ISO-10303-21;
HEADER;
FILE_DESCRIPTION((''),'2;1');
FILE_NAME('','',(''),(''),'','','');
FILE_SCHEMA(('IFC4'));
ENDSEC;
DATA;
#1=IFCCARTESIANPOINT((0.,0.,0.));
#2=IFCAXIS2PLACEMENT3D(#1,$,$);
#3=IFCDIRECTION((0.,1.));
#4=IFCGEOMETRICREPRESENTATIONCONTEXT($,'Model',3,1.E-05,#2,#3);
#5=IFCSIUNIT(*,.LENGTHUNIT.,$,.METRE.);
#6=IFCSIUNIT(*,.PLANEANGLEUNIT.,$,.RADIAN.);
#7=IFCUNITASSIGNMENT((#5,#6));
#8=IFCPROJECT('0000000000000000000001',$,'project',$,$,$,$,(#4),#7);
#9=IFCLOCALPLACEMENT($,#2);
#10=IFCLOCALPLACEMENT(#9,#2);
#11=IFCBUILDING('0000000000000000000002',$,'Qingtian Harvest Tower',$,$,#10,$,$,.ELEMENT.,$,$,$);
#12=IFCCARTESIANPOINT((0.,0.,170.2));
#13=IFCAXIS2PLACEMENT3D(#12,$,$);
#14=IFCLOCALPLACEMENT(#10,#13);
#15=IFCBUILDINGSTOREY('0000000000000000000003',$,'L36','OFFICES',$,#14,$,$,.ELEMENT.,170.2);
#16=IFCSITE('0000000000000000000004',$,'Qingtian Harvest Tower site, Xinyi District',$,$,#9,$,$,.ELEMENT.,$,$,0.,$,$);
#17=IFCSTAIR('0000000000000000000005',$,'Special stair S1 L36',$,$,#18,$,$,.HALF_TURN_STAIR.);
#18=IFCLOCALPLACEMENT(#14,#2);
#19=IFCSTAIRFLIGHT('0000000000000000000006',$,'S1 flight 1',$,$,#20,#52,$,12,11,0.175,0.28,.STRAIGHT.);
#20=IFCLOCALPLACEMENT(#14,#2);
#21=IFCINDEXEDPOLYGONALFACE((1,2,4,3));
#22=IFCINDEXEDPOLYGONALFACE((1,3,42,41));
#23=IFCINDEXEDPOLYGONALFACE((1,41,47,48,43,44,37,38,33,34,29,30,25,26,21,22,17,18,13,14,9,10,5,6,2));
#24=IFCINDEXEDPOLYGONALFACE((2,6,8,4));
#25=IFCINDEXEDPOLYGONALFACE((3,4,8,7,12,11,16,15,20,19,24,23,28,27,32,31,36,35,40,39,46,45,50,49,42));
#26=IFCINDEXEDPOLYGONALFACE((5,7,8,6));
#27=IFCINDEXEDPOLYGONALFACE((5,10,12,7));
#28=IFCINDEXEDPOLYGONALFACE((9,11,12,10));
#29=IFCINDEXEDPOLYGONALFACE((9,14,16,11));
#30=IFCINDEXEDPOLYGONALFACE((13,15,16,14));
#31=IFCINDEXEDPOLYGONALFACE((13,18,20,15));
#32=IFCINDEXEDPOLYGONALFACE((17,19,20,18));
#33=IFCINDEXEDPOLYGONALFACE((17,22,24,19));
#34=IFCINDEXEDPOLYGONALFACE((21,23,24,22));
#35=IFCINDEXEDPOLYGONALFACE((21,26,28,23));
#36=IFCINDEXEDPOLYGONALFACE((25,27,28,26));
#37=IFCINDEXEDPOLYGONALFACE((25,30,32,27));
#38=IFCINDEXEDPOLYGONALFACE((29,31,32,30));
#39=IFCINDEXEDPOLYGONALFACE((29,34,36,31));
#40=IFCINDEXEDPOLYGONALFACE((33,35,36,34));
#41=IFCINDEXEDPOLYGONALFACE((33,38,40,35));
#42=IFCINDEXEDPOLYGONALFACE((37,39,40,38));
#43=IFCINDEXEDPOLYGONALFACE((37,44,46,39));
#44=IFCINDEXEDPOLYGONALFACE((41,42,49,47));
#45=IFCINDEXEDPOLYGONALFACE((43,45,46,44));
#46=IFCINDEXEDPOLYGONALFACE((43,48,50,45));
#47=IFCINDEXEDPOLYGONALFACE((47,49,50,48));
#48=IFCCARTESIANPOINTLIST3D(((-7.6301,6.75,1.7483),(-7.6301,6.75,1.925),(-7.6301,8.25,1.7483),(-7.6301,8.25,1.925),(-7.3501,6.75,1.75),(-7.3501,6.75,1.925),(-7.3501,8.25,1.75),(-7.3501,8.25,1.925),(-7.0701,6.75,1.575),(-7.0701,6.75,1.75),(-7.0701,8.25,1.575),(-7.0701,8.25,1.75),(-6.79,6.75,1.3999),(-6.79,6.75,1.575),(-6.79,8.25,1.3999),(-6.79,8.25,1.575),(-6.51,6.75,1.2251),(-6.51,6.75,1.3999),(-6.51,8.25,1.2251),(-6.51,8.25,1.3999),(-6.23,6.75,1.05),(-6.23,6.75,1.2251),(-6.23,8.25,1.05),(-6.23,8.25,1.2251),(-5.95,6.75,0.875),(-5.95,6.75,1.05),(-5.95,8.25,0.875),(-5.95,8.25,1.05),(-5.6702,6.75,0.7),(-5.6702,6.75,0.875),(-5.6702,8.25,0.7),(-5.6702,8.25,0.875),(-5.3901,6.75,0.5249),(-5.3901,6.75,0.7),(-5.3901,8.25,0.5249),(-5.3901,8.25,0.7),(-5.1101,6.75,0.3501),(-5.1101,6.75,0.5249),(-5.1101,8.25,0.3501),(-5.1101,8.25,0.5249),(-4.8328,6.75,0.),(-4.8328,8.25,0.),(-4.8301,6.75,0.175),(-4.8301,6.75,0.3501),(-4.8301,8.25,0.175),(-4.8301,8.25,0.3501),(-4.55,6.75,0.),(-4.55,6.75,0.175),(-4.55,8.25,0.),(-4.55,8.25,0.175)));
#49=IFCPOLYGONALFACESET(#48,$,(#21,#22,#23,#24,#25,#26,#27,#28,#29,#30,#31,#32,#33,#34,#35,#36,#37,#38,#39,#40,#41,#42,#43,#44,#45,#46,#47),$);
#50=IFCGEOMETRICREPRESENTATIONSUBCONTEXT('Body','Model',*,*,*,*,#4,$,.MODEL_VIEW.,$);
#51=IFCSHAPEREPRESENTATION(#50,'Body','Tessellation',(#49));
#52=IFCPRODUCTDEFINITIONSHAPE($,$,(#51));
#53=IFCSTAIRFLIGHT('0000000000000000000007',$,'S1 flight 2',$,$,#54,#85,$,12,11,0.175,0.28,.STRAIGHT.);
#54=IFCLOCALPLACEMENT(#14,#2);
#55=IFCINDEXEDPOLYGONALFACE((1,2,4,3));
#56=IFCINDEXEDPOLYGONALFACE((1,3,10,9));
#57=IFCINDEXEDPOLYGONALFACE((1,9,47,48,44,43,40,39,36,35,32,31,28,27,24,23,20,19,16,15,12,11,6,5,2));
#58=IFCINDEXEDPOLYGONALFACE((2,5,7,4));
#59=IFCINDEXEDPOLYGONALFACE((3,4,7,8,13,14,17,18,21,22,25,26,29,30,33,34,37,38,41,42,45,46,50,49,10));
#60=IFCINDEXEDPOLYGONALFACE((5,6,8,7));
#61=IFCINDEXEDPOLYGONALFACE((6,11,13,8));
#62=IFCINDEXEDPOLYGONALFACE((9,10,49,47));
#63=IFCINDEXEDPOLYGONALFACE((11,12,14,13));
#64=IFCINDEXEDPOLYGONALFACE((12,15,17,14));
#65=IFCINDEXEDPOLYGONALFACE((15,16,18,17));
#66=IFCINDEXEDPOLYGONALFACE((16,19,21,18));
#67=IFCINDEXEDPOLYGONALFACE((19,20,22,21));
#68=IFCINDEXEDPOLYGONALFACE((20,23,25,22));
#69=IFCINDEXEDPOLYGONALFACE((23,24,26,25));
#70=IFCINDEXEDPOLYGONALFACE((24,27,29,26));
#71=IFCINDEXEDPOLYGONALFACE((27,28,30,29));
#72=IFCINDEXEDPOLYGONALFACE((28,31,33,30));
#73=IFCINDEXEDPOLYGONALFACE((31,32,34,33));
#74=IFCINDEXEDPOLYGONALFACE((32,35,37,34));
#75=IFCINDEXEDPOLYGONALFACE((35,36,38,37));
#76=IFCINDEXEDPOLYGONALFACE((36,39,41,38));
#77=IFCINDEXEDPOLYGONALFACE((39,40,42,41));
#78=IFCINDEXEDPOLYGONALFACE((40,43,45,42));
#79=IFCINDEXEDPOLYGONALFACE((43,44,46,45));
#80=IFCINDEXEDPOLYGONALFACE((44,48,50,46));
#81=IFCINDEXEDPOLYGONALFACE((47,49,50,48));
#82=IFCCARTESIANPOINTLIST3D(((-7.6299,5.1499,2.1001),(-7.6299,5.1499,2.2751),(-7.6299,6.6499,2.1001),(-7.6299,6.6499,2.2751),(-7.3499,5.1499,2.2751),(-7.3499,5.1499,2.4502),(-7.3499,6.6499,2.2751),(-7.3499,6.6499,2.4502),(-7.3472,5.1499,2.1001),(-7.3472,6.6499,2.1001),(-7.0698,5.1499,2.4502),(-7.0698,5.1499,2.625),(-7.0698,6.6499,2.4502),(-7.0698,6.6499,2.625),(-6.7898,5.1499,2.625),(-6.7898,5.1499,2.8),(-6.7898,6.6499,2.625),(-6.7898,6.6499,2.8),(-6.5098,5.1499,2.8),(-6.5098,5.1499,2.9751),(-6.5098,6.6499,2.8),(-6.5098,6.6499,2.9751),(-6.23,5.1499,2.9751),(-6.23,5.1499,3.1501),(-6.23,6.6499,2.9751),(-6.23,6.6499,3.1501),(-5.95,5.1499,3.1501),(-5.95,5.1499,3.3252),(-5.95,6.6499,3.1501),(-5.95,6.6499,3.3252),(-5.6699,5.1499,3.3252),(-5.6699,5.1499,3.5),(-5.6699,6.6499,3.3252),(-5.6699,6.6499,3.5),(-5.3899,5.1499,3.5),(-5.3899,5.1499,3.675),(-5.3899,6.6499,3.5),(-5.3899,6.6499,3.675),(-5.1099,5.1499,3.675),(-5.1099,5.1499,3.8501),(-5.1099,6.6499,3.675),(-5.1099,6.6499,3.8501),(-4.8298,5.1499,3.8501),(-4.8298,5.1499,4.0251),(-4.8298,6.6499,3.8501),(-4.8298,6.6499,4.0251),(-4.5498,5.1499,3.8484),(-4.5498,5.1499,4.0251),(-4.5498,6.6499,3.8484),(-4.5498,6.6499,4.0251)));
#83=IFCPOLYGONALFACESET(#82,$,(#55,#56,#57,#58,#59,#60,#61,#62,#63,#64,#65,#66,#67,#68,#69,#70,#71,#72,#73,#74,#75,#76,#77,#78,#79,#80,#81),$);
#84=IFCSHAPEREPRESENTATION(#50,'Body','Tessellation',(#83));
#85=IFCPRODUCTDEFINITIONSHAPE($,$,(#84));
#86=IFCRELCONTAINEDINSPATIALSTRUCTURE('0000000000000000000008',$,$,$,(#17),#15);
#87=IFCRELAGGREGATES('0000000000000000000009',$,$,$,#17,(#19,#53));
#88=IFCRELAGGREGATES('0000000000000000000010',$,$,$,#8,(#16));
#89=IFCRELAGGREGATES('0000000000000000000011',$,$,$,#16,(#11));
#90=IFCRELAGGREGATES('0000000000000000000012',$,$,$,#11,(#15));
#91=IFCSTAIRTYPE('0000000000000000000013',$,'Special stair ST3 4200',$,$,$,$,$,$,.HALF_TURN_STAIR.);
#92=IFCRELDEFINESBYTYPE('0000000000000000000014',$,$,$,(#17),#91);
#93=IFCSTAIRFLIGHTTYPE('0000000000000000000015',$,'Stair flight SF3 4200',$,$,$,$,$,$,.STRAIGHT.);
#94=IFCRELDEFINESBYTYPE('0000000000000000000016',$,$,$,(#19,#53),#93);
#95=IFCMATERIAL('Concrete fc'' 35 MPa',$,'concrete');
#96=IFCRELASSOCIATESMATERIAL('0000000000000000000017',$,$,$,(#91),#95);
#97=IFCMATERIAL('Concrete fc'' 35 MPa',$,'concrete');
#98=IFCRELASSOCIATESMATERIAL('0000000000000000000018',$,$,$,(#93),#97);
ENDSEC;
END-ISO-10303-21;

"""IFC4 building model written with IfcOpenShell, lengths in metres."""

from ifc_helpers import new_model, si_unit, direction, frame, origin, place, context, subcontext, project, spatial, polyline, outline, extrude, material, type_object, element, aggregate, save


model = new_model("IFC4")

# Units and contexts
model_context = context("Model", 3, precision=1e-05, world=origin(), true_north=direction((0.0, 1.0)))
body_context = subcontext(model_context, "Body", "Model", "MODEL_VIEW")
ifc_project = project(units=[si_unit("LENGTHUNIT", "METRE"), si_unit("PLANEANGLEUNIT", "RADIAN")], contexts=[model_context])

# Site, building, storey
site_placement = place(None, origin())
site = spatial("IfcSite", under=ifc_project, at=site_placement, Name="Qingtian Harvest Tower site, Xinyi District", CompositionType="ELEMENT", RefElevation=0.0)
building_placement = place(site_placement, origin())
building = spatial("IfcBuilding", under=site, at=building_placement, Name="Qingtian Harvest Tower", CompositionType="ELEMENT")
storey_placement = place(building_placement, frame((0.0, 0.0, 170.2)))
storey = spatial("IfcBuildingStorey", under=building, at=storey_placement, Name="L36", Description="OFFICES", CompositionType="ELEMENT", Elevation=170.2)

# Stair, stair flights
ifc_material_1 = material(Name="Concrete fc' 35 MPa", Category="concrete")
stair_type = type_object("IfcStairType", Name="Special stair ST3 4200", PredefinedType="HALF_TURN_STAIR", material=ifc_material_1)
stair_placement = place(storey_placement, origin())
stair = element("IfcStair", 1, at=stair_placement, inside=storey, type_object=stair_type, Name="Special stair S1 L36", PredefinedType="HALF_TURN_STAIR")
ifc_material_2 = material(Name="Concrete fc' 35 MPa", Category="concrete")
stair_flight_type = type_object("IfcStairFlightType", Name="Stair flight SF3 4200", PredefinedType="STRAIGHT", material=ifc_material_2)
stair_flight_1_placement = place(storey_placement, frame((-4.55, 7.5, 0.0), z_axis=(0.0, 0.0, 1.0), x_axis=(-1.0, 0.0, 0.0)))
stair_flight_1 = element("IfcStairFlight", 2, at=stair_flight_1_placement, type_object=stair_flight_type, Name="S1 flight 1", NumberOfRisers=12, NumberOfTreads=11, PredefinedType="STRAIGHT", RiserHeight=0.175, TreadLength=0.28, context=body_context, shape_type="SweptSolid", body=[
    extrude(outline(polyline([(0.0, 0.0), (0.0, 0.175), (0.28, 0.175), (0.28, 0.3501), (0.5601, 0.3501), (0.5601, 0.5249), (0.8401, 0.5249), (0.8401, 0.7), (1.1201, 0.7), (1.1201, 0.875), (1.3999, 0.875), (1.3999, 1.05), (1.6799, 1.05), (1.6799, 1.2251), (1.96, 1.2251), (1.96, 1.3999), (2.24, 1.3999), (2.24, 1.575), (2.52, 1.575), (2.52, 1.75), (2.8, 1.75), (2.8, 1.925), (3.0801, 1.925), (3.0801, 2.1001), (3.0801, 1.7483), (0.2827, 0.0), (0.0, 0.0)])), frame((0.0, 0.75, 0.0), z_axis=(0.0, -1.0, 0.0), x_axis=(1.0, 0.0, 0.0)), (0.0, 0.0, 1.0), 1.5),
])
stair_flight_2_placement = place(storey_placement, frame((-7.6299, 5.8999, 2.1001), z_axis=(0.0, 0.0, 1.0), x_axis=(1.0, 0.0, 0.0)))
stair_flight_2 = element("IfcStairFlight", 3, at=stair_flight_2_placement, type_object=stair_flight_type, Name="S1 flight 2", NumberOfRisers=12, NumberOfTreads=11, PredefinedType="STRAIGHT", RiserHeight=0.175, TreadLength=0.28, context=body_context, shape_type="SweptSolid", body=[
    extrude(outline(polyline([(0.0, 0.0), (0.0, 0.175), (0.28, 0.175), (0.28, 0.3501), (0.5601, 0.3501), (0.5601, 0.5249), (0.8401, 0.5249), (0.8401, 0.7), (1.1201, 0.7), (1.1201, 0.875), (1.3999, 0.875), (1.3999, 1.05), (1.6799, 1.05), (1.6799, 1.2251), (1.96, 1.2251), (1.96, 1.3999), (2.24, 1.3999), (2.24, 1.575), (2.52, 1.575), (2.52, 1.75), (2.8, 1.75), (2.8, 1.925), (3.0801, 1.925), (3.0801, 2.1001), (3.0801, 1.7483), (0.2827, 0.0), (0.0, 0.0)])), frame((0.0, 0.75, 0.0), z_axis=(0.0, -1.0, 0.0), x_axis=(1.0, 0.0, 0.0)), (0.0, 0.0, 1.0), 1.5),
])
aggregate(stair, [stair_flight_1, stair_flight_2])

save(model, "model.ifc")
